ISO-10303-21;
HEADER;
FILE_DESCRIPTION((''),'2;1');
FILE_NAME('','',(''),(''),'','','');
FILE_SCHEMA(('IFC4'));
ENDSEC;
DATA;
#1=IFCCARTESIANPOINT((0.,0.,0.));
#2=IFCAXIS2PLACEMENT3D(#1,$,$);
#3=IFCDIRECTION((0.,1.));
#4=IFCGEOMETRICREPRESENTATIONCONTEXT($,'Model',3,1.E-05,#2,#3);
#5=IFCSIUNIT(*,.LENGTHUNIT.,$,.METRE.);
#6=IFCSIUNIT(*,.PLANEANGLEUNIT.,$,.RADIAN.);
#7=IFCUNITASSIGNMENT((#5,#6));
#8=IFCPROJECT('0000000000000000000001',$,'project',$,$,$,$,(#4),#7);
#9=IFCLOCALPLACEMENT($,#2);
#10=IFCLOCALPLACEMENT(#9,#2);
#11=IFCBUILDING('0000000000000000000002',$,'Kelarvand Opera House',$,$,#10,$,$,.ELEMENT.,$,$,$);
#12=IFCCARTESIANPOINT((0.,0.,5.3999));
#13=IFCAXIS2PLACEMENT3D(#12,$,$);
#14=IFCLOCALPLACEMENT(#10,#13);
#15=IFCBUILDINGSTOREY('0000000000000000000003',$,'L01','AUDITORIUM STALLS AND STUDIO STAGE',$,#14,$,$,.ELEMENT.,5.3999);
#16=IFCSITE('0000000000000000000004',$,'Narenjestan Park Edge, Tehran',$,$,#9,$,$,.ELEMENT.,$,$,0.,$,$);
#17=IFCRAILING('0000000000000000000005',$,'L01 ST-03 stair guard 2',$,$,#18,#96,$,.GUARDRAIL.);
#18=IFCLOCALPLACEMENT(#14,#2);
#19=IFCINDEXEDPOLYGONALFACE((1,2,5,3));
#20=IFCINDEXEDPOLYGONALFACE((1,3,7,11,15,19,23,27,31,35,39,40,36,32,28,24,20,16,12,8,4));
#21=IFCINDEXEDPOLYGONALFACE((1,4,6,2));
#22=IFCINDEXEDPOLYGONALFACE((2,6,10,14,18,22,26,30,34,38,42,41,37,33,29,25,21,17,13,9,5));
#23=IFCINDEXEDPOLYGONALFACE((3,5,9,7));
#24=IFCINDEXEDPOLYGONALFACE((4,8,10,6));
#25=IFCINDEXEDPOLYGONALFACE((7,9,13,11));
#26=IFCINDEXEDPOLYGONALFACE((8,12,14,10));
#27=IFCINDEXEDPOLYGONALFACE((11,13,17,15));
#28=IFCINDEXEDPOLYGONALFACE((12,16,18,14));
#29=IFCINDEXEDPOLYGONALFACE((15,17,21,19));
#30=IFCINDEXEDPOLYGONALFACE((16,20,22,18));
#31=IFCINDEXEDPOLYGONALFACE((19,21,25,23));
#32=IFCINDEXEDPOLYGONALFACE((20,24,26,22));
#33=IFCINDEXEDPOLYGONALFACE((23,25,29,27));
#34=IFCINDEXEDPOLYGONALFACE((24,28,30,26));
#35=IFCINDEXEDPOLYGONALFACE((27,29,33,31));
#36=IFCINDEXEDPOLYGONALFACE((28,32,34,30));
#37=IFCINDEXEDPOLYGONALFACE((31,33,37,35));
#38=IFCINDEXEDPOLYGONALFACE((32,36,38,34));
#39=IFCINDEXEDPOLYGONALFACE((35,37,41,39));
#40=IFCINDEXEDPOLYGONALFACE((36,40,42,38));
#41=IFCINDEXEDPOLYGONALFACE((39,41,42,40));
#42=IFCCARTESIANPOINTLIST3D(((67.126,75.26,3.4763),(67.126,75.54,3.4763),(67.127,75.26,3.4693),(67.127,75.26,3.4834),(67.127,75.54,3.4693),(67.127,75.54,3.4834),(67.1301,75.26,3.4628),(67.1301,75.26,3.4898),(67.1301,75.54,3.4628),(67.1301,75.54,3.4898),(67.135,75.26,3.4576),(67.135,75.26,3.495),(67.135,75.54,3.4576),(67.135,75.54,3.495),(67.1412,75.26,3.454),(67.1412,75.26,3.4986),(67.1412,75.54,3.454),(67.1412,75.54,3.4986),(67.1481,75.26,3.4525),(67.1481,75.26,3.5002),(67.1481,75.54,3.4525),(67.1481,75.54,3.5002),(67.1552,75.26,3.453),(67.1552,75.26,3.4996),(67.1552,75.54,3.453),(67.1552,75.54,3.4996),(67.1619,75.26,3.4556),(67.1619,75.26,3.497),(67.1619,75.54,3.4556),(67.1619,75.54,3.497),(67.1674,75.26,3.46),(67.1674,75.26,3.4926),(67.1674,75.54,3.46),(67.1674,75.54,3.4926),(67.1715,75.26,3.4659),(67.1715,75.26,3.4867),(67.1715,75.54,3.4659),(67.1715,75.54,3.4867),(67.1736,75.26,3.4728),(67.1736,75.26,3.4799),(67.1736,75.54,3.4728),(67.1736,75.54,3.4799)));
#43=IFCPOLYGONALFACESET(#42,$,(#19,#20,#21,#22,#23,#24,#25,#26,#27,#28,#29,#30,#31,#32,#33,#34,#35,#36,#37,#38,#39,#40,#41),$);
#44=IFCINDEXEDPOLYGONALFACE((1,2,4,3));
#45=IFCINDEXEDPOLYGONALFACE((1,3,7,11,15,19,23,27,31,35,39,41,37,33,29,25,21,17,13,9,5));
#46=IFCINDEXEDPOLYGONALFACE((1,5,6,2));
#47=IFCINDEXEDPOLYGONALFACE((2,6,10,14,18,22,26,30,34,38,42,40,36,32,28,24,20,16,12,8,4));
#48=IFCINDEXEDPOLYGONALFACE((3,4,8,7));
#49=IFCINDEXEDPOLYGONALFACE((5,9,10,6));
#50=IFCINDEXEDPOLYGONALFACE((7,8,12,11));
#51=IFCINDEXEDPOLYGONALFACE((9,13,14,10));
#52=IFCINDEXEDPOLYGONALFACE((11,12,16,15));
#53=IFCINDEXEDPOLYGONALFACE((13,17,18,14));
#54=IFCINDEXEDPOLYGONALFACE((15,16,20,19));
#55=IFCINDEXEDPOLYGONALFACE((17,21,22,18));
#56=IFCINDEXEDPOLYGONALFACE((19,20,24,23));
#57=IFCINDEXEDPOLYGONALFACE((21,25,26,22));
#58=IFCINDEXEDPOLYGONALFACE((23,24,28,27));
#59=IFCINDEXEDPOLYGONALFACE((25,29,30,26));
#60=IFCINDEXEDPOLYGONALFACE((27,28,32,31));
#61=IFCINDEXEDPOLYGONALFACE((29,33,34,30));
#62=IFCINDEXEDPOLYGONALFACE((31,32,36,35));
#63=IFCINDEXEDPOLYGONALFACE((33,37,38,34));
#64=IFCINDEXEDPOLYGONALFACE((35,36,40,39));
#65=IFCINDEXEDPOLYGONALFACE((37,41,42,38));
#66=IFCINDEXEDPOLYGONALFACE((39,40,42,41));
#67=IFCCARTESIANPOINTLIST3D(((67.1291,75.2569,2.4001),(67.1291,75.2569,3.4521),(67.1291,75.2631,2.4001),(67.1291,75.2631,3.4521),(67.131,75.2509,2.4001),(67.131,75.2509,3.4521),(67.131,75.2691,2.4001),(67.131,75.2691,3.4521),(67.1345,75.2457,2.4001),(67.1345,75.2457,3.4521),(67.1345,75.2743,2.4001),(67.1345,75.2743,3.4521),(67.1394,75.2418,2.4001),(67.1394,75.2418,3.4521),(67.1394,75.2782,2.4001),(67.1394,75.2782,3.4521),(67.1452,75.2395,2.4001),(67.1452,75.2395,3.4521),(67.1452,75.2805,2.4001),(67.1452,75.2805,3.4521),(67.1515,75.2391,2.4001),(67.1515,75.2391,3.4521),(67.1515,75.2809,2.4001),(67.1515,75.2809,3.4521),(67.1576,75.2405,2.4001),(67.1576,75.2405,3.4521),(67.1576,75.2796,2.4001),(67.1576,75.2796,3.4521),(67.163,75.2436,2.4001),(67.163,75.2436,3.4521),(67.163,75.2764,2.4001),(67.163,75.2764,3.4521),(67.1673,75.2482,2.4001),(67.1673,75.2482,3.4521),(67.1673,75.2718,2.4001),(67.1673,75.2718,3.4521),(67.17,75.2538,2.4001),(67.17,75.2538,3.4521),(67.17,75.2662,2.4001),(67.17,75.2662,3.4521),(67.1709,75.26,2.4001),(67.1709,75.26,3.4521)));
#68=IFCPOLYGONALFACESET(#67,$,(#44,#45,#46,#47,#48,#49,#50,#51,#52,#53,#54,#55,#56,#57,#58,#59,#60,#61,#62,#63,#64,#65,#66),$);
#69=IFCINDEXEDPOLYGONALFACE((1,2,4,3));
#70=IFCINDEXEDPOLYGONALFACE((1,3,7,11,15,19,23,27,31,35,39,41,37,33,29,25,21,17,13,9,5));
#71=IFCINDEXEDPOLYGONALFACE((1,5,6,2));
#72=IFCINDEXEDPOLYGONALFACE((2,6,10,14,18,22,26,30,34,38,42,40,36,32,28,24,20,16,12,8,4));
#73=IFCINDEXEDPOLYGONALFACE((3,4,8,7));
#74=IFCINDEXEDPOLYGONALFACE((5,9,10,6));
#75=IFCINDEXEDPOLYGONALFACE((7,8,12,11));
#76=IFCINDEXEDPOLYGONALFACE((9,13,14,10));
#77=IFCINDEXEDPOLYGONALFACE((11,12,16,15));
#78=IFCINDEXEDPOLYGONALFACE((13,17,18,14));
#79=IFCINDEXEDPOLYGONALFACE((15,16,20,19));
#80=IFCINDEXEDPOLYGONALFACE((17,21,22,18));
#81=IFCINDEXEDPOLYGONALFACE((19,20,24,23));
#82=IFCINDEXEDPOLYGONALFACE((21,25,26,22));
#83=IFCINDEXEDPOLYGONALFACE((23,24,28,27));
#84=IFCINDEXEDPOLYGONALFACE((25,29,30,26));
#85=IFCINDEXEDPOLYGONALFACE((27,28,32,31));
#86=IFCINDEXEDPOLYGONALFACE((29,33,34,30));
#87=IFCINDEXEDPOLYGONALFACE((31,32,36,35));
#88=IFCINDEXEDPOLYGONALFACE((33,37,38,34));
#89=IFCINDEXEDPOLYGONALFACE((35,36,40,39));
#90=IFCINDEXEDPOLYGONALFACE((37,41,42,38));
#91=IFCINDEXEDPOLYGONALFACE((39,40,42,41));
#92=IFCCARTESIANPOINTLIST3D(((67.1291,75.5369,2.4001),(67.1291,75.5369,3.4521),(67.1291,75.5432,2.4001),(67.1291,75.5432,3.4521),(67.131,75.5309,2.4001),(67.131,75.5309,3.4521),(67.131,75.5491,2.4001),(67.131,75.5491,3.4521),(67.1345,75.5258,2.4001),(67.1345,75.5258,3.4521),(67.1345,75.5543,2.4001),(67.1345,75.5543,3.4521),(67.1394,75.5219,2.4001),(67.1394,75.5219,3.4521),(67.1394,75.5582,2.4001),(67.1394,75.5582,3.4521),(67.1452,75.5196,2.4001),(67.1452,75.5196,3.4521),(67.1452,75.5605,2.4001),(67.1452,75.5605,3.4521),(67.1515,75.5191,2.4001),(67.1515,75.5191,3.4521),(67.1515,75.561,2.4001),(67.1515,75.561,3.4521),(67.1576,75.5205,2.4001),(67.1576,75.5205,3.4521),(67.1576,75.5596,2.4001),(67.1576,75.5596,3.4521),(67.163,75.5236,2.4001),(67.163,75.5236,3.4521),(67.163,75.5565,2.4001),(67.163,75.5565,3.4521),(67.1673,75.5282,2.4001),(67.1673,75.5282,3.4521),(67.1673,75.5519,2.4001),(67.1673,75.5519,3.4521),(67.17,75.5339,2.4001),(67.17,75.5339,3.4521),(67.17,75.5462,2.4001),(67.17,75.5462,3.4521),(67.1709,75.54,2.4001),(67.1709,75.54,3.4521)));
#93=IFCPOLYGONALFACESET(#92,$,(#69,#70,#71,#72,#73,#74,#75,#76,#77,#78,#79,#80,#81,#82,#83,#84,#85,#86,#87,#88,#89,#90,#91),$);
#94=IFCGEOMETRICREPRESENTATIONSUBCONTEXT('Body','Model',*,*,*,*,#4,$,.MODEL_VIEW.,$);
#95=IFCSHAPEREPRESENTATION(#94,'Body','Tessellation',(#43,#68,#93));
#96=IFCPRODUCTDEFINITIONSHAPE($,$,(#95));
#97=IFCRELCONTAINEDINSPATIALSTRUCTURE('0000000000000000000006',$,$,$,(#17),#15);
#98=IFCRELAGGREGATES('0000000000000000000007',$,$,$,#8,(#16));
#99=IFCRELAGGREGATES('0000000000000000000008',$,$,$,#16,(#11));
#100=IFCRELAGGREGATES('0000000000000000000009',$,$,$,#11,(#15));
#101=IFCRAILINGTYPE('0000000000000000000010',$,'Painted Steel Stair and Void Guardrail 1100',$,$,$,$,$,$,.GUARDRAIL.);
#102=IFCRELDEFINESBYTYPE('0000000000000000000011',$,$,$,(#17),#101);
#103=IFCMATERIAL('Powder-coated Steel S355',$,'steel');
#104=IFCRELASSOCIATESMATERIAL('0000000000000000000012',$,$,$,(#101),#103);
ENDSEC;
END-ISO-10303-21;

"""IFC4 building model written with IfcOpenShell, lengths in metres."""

from ifc_helpers import new_model, si_unit, direction, frame, origin, origin_2d, place, context, subcontext, project, spatial, circle, extrude, material, type_object, element, save


model = new_model("IFC4")

# Units and contexts
model_context = context("Model", 3, precision=1e-05, world=origin(), true_north=direction((0.0, 1.0)))
body_context = subcontext(model_context, "Body", "Model", "MODEL_VIEW")
ifc_project = project(units=[si_unit("LENGTHUNIT", "METRE"), si_unit("PLANEANGLEUNIT", "RADIAN")], contexts=[model_context])

# Site, building, storey
site_placement = place(None, origin())
site = spatial("IfcSite", under=ifc_project, at=site_placement, Name="Narenjestan Park Edge, Tehran", CompositionType="ELEMENT", RefElevation=0.0)
building_placement = place(site_placement, origin())
building = spatial("IfcBuilding", under=site, at=building_placement, Name="Kelarvand Opera House", CompositionType="ELEMENT")
storey_placement = place(building_placement, frame((0.0, 0.0, 5.3999)))
storey = spatial("IfcBuildingStorey", under=building, at=storey_placement, Name="L01", Description="AUDITORIUM STALLS AND STUDIO STAGE", CompositionType="ELEMENT", Elevation=5.3999)

# Railing
ifc_material_1 = material(Name="Powder-coated Steel S355", Category="steel")
railing_type_1 = type_object("IfcRailingType", Name="Painted Steel Stair and Void Guardrail 1100", PredefinedType="GUARDRAIL", material=ifc_material_1)
railing_1_placement = place(storey_placement, frame((67.1499, 75.26, 2.4001)))
element("IfcRailing", 1, at=railing_1_placement, inside=storey, type_object=railing_type_1, Name="L01 ST-03 stair guard 2", PredefinedType="GUARDRAIL", context=body_context, shape_type="SweptSolid", body=[
    extrude(circle(Radius=0.0239, at=origin_2d()), frame((0.0, 0.0, 1.0762), z_axis=(0.0, 1.0, 0.0), x_axis=(-1.0, 0.0, 0.0)), (0.0, 0.0, 1.0), 0.28),
    extrude(circle(Radius=0.021, at=origin_2d()), origin(), (0.0, 0.0, 1.0), 1.052),
    extrude(circle(Radius=0.021, at=origin_2d()), frame((0.0, 0.28, 0.0)), (0.0, 0.0, 1.0), 1.052),
])

save(model, "model.ifc")
